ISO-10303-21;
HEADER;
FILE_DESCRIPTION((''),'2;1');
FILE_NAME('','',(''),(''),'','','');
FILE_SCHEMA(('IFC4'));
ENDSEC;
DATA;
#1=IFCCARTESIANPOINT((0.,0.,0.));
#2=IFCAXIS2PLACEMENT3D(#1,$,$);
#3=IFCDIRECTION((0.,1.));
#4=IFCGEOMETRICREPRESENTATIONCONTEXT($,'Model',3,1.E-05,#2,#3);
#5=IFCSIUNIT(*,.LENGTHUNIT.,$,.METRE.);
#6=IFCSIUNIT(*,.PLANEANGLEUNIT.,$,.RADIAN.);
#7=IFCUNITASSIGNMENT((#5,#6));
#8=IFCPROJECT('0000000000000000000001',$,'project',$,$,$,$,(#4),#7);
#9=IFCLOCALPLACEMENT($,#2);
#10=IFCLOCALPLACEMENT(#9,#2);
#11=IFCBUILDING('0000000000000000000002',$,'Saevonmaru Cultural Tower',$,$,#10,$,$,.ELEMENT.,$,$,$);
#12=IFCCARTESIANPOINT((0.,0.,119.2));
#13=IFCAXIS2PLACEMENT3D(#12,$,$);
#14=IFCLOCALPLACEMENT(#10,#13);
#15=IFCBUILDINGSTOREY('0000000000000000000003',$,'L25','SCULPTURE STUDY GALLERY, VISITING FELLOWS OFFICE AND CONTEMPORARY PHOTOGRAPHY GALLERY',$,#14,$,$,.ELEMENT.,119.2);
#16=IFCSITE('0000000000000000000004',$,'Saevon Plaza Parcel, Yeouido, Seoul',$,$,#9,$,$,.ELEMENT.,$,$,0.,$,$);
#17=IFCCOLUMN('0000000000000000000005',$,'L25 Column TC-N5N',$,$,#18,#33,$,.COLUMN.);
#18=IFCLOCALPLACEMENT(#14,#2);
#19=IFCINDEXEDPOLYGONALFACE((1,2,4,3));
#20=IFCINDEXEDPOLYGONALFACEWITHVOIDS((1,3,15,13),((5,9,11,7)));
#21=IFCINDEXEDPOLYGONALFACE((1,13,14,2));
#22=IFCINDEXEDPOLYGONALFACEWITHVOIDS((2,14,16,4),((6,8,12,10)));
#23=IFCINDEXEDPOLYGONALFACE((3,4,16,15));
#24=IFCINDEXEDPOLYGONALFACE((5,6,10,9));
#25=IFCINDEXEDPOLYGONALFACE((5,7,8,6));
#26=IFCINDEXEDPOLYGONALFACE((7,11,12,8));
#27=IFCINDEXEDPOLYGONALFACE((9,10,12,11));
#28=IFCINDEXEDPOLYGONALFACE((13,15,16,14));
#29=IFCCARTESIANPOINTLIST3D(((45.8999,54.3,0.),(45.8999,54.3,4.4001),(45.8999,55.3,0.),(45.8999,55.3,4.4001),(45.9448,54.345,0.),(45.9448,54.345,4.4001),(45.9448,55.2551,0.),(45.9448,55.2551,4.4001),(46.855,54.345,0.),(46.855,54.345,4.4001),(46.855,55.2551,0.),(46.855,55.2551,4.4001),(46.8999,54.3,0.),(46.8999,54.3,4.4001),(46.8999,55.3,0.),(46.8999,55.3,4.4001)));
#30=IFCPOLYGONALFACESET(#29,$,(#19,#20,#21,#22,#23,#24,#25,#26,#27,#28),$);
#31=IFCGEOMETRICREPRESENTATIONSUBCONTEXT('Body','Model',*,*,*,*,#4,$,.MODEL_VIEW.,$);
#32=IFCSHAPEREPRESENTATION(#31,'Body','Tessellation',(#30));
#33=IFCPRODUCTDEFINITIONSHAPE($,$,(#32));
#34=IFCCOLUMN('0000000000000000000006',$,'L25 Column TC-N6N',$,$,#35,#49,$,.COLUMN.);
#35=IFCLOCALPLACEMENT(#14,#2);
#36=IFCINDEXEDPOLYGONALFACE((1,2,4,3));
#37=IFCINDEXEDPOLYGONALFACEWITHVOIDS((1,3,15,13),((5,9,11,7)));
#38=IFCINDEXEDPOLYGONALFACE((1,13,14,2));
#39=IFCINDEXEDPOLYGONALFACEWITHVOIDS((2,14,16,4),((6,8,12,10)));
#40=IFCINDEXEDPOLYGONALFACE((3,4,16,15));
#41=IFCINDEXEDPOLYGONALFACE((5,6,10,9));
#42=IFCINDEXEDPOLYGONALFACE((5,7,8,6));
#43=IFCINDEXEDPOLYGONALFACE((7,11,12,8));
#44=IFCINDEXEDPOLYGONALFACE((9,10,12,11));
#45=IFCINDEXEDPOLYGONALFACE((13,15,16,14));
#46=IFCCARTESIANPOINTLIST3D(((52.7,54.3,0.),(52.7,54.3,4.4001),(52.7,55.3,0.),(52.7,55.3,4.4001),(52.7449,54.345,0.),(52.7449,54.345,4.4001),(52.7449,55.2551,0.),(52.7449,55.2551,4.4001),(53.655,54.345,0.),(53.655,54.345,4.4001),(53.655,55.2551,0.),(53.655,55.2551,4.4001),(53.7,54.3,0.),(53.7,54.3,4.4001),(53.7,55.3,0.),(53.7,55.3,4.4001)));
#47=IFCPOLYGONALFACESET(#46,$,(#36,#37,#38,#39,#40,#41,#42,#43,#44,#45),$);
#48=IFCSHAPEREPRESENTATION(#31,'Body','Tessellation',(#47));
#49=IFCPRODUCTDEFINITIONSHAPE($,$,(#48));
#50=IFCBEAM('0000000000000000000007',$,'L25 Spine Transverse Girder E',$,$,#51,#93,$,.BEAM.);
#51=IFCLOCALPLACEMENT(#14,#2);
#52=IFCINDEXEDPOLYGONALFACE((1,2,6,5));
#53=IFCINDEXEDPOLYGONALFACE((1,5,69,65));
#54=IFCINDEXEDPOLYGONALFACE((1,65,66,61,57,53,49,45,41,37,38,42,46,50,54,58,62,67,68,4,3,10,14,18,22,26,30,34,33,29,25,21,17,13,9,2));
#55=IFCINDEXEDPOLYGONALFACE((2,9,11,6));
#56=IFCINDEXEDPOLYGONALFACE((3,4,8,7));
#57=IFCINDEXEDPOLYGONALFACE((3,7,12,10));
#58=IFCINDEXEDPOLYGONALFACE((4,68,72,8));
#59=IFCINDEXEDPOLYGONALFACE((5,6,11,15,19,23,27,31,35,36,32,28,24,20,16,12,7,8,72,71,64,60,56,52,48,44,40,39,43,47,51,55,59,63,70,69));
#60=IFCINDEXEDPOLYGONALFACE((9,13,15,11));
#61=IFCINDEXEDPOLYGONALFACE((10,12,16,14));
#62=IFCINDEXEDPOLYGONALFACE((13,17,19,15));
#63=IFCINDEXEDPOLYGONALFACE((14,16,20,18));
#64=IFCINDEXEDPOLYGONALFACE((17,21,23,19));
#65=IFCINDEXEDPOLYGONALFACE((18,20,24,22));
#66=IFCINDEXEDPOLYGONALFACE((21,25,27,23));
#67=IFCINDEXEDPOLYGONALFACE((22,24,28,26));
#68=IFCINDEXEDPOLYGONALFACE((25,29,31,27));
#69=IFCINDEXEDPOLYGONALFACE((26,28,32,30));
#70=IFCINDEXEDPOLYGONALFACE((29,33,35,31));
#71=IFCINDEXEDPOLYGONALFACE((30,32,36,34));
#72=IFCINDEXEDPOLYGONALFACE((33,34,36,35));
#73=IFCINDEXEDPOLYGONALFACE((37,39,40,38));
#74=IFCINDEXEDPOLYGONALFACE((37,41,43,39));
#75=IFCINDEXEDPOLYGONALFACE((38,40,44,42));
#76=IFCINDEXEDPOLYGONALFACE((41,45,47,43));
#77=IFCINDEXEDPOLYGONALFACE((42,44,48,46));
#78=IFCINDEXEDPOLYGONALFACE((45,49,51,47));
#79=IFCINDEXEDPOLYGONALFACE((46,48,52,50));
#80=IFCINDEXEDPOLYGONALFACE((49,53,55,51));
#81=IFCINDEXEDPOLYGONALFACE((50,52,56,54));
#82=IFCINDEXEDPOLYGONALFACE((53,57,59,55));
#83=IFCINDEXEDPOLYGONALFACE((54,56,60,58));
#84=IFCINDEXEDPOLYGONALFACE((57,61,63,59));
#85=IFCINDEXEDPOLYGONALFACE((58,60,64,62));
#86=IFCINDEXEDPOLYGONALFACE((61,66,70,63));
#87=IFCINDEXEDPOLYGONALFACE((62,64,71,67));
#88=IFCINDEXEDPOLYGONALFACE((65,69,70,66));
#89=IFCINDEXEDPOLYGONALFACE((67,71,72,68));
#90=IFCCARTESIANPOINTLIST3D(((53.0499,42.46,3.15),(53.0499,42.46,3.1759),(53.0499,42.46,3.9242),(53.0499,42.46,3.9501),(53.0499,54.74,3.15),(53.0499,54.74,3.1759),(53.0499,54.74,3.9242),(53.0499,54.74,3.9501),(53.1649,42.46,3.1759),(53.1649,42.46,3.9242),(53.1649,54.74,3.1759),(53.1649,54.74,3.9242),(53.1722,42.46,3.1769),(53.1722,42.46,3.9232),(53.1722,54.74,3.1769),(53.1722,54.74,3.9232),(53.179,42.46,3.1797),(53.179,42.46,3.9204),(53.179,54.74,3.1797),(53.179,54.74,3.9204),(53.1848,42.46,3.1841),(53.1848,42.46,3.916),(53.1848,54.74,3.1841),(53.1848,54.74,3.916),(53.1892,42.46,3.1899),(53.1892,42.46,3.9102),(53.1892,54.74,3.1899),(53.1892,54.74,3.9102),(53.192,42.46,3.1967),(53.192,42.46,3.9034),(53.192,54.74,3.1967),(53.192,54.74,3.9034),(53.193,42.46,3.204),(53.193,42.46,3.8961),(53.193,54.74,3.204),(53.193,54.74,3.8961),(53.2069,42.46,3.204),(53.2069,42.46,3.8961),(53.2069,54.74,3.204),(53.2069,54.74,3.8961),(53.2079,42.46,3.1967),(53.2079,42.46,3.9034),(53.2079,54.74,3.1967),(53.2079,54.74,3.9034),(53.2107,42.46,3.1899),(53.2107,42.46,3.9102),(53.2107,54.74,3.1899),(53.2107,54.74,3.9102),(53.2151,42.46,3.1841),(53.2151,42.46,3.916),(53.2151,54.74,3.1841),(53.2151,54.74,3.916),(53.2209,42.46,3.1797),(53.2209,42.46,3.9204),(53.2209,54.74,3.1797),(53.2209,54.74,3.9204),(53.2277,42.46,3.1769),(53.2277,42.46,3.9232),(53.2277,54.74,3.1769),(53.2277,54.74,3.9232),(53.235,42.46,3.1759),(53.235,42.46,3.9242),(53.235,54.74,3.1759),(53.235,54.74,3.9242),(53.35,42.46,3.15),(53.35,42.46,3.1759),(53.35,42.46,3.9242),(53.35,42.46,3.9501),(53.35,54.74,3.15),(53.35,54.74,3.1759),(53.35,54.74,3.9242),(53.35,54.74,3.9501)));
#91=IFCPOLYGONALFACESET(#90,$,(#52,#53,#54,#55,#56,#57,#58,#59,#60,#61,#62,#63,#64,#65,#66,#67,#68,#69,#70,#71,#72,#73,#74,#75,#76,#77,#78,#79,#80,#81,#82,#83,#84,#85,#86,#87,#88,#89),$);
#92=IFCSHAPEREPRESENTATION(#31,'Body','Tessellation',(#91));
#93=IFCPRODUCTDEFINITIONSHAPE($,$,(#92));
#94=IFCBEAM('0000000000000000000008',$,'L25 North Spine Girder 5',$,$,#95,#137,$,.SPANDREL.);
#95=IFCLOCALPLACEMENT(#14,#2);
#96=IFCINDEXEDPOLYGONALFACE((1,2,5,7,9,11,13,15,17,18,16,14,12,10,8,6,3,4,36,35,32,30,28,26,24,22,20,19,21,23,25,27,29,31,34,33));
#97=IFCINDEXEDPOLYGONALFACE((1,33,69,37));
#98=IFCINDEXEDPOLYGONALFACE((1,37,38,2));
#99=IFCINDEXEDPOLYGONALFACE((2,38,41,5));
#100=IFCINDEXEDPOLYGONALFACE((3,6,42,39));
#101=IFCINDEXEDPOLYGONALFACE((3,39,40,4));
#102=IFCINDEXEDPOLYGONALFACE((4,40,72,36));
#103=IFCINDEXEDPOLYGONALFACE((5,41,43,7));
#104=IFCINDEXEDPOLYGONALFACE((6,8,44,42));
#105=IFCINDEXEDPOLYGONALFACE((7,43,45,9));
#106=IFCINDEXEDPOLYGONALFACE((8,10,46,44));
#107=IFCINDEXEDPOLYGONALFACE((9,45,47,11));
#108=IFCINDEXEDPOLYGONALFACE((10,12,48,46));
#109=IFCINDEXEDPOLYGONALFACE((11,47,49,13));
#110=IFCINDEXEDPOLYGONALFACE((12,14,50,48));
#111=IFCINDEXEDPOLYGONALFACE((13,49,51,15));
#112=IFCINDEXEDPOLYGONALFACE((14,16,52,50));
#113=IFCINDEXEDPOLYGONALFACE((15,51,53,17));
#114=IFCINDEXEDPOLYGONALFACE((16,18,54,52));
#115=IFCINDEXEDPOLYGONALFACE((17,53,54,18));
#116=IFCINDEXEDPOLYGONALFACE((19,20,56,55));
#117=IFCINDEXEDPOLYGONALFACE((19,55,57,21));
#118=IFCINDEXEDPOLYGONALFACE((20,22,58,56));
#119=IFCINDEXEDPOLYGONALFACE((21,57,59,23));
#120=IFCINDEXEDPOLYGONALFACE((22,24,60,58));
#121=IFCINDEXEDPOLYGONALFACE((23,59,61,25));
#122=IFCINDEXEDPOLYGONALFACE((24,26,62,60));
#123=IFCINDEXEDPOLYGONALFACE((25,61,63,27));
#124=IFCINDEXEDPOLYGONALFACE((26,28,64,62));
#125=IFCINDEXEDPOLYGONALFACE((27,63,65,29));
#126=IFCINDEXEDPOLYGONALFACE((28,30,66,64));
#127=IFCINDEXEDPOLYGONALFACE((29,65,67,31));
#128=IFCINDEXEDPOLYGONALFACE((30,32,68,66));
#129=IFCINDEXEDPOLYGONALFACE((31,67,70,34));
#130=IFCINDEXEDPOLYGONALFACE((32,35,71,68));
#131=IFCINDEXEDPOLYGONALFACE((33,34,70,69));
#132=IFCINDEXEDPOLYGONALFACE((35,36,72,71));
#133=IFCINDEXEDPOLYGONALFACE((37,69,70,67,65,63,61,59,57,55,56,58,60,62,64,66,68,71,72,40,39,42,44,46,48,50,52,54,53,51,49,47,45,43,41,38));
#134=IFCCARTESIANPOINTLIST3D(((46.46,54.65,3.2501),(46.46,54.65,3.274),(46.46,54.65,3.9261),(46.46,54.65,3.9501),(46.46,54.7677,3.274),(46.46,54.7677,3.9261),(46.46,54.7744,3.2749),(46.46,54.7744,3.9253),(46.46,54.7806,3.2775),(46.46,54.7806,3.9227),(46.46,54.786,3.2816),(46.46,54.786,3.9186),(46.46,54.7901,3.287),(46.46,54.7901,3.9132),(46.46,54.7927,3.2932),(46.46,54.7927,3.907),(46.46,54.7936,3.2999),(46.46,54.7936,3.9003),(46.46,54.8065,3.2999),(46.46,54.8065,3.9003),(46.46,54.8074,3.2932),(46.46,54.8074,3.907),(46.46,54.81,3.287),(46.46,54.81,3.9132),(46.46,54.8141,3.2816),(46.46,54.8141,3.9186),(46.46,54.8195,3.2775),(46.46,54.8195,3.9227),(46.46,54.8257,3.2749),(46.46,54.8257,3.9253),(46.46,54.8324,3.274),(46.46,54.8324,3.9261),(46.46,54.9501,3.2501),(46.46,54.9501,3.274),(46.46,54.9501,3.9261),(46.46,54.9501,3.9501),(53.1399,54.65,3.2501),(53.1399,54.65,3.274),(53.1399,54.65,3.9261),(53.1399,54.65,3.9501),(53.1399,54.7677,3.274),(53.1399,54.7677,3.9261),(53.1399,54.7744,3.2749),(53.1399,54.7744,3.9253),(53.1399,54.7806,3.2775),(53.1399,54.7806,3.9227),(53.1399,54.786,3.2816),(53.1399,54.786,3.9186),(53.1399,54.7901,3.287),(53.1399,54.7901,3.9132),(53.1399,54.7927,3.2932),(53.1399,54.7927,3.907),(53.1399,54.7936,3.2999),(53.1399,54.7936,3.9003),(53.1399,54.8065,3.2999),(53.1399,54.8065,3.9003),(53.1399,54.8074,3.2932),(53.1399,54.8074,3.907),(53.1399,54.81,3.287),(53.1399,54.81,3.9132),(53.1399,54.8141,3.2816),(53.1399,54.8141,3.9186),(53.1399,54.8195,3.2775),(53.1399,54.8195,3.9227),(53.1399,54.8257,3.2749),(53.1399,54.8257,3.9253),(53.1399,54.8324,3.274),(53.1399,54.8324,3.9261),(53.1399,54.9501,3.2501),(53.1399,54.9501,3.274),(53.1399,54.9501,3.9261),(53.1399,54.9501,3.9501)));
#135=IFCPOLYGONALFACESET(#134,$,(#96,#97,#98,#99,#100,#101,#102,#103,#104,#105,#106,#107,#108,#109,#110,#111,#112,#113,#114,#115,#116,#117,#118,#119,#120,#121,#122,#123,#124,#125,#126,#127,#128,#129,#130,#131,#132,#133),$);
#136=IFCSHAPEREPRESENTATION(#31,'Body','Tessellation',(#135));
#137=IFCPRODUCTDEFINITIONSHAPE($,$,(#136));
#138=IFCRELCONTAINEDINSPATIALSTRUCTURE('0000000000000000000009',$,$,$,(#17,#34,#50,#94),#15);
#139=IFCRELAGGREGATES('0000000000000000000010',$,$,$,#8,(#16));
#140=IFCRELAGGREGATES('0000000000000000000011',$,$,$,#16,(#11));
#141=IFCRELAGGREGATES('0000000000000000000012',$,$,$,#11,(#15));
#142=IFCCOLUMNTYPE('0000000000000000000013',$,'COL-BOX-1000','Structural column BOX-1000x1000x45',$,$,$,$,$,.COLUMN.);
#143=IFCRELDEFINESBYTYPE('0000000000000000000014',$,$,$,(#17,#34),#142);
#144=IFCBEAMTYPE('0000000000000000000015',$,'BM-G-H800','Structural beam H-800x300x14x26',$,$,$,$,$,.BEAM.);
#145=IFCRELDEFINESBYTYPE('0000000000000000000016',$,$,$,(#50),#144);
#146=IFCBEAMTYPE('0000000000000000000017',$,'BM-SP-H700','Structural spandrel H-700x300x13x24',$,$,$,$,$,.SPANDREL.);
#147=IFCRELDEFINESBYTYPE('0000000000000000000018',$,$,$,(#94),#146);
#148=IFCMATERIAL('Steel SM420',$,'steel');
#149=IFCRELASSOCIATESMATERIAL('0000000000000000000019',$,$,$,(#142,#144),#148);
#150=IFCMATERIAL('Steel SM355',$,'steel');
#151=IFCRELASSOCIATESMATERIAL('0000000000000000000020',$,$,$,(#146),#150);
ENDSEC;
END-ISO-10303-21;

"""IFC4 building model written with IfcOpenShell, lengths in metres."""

from ifc_helpers import new_model, si_unit, direction, frame, origin, origin_2d, place, context, subcontext, project, spatial, hollow_rectangle, i_section, extrude, material, material_profile, profile_set, type_object, element, save


model = new_model("IFC4")

# Units and contexts
model_context = context("Model", 3, precision=1e-05, world=origin(), true_north=direction((0.0, 1.0)))
body_context = subcontext(model_context, "Body", "Model", "MODEL_VIEW")
ifc_project = project(units=[si_unit("LENGTHUNIT", "METRE"), si_unit("PLANEANGLEUNIT", "RADIAN")], contexts=[model_context])

# Site, building, storey
site_placement = place(None, origin())
site = spatial("IfcSite", under=ifc_project, at=site_placement, Name="Saevon Plaza Parcel, Yeouido, Seoul", CompositionType="ELEMENT", RefElevation=0.0)
building_placement = place(site_placement, origin())
building = spatial("IfcBuilding", under=site, at=building_placement, Name="Saevonmaru Cultural Tower", CompositionType="ELEMENT")
storey_placement = place(building_placement, frame((0.0, 0.0, 119.2)))
storey = spatial("IfcBuildingStorey", under=building, at=storey_placement, Name="L25", Description="SCULPTURE STUDY GALLERY, VISITING FELLOWS OFFICE AND CONTEMPORARY PHOTOGRAPHY GALLERY", CompositionType="ELEMENT", Elevation=119.2)

# Columns
ifc_material_1 = material(Name="Steel SM420", Category="steel")
ifc_material_profile_1 = material_profile(ifc_material_1, hollow_rectangle(XDim=1.0, YDim=1.0, WallThickness=0.0449, at=origin_2d()), Name="BOX-1000x1000x45")
ifc_profile_set_1 = profile_set([ifc_material_profile_1], Name="Steel SM420")
column_type = type_object("IfcColumnType", Name="COL-BOX-1000", Description="Structural column BOX-1000x1000x45", PredefinedType="COLUMN", material=ifc_profile_set_1)
for number, where, z_axis, x_axis, name in (
    (1, (46.3999, 54.8, 0.0), (0.0, 0.0, 1.0), (1.0, 0.0, 0.0), "L25 Column TC-N5N"),
    (2, (53.2, 54.8, 0.0), (0.0, 0.0, 1.0), (1.0, 0.0, 0.0), "L25 Column TC-N6N"),
):
    element("IfcColumn", number, at=place(storey_placement, frame(where, z_axis=z_axis, x_axis=x_axis)), inside=storey, type_object=column_type, Name=name, PredefinedType="COLUMN", context=body_context, shape_type="SweptSolid", body=[
        extrude(hollow_rectangle(XDim=1.0, YDim=1.0, WallThickness=0.0449, at=origin_2d()), origin(), (0.0, 0.0, 1.0), 4.4001),
    ])

# Beams
ifc_material_profile_2 = material_profile(ifc_material_1, i_section(OverallWidth=0.3, OverallDepth=0.8, WebThickness=0.0139, FlangeThickness=0.0259, FilletRadius=0.0281, at=origin_2d()), Name="H-800x300x14x26")
ifc_profile_set_2 = profile_set([ifc_material_profile_2], Name="Steel SM420")
beam_type_1 = type_object("IfcBeamType", Name="BM-G-H800", Description="Structural beam H-800x300x14x26", PredefinedType="BEAM", material=ifc_profile_set_2)
beam_1_placement = place(storey_placement, frame((53.2, 54.74, 3.55), z_axis=(0.0, -1.0, 0.0), x_axis=(1.0, 0.0, 0.0)))
element("IfcBeam", 3, at=beam_1_placement, inside=storey, type_object=beam_type_1, Name="L25 Spine Transverse Girder E", PredefinedType="BEAM", context=body_context, shape_type="SweptSolid", body=[
    extrude(i_section(OverallWidth=0.3, OverallDepth=0.8, WebThickness=0.0139, FlangeThickness=0.0259, FilletRadius=0.0281, at=origin_2d()), origin(), (0.0, 0.0, 1.0), 12.28),
])
ifc_material_2 = material(Name="Steel SM355", Category="steel")
ifc_material_profile_3 = material_profile(ifc_material_2, i_section(OverallWidth=0.3, OverallDepth=0.7, WebThickness=0.0129, FlangeThickness=0.0239, FilletRadius=0.0259, at=origin_2d()), Name="H-700x300x13x24")
ifc_profile_set_3 = profile_set([ifc_material_profile_3], Name="Steel SM355")
beam_type_2 = type_object("IfcBeamType", Name="BM-SP-H700", Description="Structural spandrel H-700x300x13x24", PredefinedType="SPANDREL", material=ifc_profile_set_3)
beam_2_placement = place(storey_placement, frame((46.46, 54.8, 3.6001), z_axis=(1.0, 0.0, 0.0), x_axis=(0.0, 1.0, 0.0)))
element("IfcBeam", 4, at=beam_2_placement, inside=storey, type_object=beam_type_2, Name="L25 North Spine Girder 5", PredefinedType="SPANDREL", context=body_context, shape_type="SweptSolid", body=[
    extrude(i_section(OverallWidth=0.3, OverallDepth=0.7, WebThickness=0.0129, FlangeThickness=0.0239, FilletRadius=0.0259, at=origin_2d()), origin(), (0.0, 0.0, 1.0), 6.6799),
])

save(model, "model.ifc")
